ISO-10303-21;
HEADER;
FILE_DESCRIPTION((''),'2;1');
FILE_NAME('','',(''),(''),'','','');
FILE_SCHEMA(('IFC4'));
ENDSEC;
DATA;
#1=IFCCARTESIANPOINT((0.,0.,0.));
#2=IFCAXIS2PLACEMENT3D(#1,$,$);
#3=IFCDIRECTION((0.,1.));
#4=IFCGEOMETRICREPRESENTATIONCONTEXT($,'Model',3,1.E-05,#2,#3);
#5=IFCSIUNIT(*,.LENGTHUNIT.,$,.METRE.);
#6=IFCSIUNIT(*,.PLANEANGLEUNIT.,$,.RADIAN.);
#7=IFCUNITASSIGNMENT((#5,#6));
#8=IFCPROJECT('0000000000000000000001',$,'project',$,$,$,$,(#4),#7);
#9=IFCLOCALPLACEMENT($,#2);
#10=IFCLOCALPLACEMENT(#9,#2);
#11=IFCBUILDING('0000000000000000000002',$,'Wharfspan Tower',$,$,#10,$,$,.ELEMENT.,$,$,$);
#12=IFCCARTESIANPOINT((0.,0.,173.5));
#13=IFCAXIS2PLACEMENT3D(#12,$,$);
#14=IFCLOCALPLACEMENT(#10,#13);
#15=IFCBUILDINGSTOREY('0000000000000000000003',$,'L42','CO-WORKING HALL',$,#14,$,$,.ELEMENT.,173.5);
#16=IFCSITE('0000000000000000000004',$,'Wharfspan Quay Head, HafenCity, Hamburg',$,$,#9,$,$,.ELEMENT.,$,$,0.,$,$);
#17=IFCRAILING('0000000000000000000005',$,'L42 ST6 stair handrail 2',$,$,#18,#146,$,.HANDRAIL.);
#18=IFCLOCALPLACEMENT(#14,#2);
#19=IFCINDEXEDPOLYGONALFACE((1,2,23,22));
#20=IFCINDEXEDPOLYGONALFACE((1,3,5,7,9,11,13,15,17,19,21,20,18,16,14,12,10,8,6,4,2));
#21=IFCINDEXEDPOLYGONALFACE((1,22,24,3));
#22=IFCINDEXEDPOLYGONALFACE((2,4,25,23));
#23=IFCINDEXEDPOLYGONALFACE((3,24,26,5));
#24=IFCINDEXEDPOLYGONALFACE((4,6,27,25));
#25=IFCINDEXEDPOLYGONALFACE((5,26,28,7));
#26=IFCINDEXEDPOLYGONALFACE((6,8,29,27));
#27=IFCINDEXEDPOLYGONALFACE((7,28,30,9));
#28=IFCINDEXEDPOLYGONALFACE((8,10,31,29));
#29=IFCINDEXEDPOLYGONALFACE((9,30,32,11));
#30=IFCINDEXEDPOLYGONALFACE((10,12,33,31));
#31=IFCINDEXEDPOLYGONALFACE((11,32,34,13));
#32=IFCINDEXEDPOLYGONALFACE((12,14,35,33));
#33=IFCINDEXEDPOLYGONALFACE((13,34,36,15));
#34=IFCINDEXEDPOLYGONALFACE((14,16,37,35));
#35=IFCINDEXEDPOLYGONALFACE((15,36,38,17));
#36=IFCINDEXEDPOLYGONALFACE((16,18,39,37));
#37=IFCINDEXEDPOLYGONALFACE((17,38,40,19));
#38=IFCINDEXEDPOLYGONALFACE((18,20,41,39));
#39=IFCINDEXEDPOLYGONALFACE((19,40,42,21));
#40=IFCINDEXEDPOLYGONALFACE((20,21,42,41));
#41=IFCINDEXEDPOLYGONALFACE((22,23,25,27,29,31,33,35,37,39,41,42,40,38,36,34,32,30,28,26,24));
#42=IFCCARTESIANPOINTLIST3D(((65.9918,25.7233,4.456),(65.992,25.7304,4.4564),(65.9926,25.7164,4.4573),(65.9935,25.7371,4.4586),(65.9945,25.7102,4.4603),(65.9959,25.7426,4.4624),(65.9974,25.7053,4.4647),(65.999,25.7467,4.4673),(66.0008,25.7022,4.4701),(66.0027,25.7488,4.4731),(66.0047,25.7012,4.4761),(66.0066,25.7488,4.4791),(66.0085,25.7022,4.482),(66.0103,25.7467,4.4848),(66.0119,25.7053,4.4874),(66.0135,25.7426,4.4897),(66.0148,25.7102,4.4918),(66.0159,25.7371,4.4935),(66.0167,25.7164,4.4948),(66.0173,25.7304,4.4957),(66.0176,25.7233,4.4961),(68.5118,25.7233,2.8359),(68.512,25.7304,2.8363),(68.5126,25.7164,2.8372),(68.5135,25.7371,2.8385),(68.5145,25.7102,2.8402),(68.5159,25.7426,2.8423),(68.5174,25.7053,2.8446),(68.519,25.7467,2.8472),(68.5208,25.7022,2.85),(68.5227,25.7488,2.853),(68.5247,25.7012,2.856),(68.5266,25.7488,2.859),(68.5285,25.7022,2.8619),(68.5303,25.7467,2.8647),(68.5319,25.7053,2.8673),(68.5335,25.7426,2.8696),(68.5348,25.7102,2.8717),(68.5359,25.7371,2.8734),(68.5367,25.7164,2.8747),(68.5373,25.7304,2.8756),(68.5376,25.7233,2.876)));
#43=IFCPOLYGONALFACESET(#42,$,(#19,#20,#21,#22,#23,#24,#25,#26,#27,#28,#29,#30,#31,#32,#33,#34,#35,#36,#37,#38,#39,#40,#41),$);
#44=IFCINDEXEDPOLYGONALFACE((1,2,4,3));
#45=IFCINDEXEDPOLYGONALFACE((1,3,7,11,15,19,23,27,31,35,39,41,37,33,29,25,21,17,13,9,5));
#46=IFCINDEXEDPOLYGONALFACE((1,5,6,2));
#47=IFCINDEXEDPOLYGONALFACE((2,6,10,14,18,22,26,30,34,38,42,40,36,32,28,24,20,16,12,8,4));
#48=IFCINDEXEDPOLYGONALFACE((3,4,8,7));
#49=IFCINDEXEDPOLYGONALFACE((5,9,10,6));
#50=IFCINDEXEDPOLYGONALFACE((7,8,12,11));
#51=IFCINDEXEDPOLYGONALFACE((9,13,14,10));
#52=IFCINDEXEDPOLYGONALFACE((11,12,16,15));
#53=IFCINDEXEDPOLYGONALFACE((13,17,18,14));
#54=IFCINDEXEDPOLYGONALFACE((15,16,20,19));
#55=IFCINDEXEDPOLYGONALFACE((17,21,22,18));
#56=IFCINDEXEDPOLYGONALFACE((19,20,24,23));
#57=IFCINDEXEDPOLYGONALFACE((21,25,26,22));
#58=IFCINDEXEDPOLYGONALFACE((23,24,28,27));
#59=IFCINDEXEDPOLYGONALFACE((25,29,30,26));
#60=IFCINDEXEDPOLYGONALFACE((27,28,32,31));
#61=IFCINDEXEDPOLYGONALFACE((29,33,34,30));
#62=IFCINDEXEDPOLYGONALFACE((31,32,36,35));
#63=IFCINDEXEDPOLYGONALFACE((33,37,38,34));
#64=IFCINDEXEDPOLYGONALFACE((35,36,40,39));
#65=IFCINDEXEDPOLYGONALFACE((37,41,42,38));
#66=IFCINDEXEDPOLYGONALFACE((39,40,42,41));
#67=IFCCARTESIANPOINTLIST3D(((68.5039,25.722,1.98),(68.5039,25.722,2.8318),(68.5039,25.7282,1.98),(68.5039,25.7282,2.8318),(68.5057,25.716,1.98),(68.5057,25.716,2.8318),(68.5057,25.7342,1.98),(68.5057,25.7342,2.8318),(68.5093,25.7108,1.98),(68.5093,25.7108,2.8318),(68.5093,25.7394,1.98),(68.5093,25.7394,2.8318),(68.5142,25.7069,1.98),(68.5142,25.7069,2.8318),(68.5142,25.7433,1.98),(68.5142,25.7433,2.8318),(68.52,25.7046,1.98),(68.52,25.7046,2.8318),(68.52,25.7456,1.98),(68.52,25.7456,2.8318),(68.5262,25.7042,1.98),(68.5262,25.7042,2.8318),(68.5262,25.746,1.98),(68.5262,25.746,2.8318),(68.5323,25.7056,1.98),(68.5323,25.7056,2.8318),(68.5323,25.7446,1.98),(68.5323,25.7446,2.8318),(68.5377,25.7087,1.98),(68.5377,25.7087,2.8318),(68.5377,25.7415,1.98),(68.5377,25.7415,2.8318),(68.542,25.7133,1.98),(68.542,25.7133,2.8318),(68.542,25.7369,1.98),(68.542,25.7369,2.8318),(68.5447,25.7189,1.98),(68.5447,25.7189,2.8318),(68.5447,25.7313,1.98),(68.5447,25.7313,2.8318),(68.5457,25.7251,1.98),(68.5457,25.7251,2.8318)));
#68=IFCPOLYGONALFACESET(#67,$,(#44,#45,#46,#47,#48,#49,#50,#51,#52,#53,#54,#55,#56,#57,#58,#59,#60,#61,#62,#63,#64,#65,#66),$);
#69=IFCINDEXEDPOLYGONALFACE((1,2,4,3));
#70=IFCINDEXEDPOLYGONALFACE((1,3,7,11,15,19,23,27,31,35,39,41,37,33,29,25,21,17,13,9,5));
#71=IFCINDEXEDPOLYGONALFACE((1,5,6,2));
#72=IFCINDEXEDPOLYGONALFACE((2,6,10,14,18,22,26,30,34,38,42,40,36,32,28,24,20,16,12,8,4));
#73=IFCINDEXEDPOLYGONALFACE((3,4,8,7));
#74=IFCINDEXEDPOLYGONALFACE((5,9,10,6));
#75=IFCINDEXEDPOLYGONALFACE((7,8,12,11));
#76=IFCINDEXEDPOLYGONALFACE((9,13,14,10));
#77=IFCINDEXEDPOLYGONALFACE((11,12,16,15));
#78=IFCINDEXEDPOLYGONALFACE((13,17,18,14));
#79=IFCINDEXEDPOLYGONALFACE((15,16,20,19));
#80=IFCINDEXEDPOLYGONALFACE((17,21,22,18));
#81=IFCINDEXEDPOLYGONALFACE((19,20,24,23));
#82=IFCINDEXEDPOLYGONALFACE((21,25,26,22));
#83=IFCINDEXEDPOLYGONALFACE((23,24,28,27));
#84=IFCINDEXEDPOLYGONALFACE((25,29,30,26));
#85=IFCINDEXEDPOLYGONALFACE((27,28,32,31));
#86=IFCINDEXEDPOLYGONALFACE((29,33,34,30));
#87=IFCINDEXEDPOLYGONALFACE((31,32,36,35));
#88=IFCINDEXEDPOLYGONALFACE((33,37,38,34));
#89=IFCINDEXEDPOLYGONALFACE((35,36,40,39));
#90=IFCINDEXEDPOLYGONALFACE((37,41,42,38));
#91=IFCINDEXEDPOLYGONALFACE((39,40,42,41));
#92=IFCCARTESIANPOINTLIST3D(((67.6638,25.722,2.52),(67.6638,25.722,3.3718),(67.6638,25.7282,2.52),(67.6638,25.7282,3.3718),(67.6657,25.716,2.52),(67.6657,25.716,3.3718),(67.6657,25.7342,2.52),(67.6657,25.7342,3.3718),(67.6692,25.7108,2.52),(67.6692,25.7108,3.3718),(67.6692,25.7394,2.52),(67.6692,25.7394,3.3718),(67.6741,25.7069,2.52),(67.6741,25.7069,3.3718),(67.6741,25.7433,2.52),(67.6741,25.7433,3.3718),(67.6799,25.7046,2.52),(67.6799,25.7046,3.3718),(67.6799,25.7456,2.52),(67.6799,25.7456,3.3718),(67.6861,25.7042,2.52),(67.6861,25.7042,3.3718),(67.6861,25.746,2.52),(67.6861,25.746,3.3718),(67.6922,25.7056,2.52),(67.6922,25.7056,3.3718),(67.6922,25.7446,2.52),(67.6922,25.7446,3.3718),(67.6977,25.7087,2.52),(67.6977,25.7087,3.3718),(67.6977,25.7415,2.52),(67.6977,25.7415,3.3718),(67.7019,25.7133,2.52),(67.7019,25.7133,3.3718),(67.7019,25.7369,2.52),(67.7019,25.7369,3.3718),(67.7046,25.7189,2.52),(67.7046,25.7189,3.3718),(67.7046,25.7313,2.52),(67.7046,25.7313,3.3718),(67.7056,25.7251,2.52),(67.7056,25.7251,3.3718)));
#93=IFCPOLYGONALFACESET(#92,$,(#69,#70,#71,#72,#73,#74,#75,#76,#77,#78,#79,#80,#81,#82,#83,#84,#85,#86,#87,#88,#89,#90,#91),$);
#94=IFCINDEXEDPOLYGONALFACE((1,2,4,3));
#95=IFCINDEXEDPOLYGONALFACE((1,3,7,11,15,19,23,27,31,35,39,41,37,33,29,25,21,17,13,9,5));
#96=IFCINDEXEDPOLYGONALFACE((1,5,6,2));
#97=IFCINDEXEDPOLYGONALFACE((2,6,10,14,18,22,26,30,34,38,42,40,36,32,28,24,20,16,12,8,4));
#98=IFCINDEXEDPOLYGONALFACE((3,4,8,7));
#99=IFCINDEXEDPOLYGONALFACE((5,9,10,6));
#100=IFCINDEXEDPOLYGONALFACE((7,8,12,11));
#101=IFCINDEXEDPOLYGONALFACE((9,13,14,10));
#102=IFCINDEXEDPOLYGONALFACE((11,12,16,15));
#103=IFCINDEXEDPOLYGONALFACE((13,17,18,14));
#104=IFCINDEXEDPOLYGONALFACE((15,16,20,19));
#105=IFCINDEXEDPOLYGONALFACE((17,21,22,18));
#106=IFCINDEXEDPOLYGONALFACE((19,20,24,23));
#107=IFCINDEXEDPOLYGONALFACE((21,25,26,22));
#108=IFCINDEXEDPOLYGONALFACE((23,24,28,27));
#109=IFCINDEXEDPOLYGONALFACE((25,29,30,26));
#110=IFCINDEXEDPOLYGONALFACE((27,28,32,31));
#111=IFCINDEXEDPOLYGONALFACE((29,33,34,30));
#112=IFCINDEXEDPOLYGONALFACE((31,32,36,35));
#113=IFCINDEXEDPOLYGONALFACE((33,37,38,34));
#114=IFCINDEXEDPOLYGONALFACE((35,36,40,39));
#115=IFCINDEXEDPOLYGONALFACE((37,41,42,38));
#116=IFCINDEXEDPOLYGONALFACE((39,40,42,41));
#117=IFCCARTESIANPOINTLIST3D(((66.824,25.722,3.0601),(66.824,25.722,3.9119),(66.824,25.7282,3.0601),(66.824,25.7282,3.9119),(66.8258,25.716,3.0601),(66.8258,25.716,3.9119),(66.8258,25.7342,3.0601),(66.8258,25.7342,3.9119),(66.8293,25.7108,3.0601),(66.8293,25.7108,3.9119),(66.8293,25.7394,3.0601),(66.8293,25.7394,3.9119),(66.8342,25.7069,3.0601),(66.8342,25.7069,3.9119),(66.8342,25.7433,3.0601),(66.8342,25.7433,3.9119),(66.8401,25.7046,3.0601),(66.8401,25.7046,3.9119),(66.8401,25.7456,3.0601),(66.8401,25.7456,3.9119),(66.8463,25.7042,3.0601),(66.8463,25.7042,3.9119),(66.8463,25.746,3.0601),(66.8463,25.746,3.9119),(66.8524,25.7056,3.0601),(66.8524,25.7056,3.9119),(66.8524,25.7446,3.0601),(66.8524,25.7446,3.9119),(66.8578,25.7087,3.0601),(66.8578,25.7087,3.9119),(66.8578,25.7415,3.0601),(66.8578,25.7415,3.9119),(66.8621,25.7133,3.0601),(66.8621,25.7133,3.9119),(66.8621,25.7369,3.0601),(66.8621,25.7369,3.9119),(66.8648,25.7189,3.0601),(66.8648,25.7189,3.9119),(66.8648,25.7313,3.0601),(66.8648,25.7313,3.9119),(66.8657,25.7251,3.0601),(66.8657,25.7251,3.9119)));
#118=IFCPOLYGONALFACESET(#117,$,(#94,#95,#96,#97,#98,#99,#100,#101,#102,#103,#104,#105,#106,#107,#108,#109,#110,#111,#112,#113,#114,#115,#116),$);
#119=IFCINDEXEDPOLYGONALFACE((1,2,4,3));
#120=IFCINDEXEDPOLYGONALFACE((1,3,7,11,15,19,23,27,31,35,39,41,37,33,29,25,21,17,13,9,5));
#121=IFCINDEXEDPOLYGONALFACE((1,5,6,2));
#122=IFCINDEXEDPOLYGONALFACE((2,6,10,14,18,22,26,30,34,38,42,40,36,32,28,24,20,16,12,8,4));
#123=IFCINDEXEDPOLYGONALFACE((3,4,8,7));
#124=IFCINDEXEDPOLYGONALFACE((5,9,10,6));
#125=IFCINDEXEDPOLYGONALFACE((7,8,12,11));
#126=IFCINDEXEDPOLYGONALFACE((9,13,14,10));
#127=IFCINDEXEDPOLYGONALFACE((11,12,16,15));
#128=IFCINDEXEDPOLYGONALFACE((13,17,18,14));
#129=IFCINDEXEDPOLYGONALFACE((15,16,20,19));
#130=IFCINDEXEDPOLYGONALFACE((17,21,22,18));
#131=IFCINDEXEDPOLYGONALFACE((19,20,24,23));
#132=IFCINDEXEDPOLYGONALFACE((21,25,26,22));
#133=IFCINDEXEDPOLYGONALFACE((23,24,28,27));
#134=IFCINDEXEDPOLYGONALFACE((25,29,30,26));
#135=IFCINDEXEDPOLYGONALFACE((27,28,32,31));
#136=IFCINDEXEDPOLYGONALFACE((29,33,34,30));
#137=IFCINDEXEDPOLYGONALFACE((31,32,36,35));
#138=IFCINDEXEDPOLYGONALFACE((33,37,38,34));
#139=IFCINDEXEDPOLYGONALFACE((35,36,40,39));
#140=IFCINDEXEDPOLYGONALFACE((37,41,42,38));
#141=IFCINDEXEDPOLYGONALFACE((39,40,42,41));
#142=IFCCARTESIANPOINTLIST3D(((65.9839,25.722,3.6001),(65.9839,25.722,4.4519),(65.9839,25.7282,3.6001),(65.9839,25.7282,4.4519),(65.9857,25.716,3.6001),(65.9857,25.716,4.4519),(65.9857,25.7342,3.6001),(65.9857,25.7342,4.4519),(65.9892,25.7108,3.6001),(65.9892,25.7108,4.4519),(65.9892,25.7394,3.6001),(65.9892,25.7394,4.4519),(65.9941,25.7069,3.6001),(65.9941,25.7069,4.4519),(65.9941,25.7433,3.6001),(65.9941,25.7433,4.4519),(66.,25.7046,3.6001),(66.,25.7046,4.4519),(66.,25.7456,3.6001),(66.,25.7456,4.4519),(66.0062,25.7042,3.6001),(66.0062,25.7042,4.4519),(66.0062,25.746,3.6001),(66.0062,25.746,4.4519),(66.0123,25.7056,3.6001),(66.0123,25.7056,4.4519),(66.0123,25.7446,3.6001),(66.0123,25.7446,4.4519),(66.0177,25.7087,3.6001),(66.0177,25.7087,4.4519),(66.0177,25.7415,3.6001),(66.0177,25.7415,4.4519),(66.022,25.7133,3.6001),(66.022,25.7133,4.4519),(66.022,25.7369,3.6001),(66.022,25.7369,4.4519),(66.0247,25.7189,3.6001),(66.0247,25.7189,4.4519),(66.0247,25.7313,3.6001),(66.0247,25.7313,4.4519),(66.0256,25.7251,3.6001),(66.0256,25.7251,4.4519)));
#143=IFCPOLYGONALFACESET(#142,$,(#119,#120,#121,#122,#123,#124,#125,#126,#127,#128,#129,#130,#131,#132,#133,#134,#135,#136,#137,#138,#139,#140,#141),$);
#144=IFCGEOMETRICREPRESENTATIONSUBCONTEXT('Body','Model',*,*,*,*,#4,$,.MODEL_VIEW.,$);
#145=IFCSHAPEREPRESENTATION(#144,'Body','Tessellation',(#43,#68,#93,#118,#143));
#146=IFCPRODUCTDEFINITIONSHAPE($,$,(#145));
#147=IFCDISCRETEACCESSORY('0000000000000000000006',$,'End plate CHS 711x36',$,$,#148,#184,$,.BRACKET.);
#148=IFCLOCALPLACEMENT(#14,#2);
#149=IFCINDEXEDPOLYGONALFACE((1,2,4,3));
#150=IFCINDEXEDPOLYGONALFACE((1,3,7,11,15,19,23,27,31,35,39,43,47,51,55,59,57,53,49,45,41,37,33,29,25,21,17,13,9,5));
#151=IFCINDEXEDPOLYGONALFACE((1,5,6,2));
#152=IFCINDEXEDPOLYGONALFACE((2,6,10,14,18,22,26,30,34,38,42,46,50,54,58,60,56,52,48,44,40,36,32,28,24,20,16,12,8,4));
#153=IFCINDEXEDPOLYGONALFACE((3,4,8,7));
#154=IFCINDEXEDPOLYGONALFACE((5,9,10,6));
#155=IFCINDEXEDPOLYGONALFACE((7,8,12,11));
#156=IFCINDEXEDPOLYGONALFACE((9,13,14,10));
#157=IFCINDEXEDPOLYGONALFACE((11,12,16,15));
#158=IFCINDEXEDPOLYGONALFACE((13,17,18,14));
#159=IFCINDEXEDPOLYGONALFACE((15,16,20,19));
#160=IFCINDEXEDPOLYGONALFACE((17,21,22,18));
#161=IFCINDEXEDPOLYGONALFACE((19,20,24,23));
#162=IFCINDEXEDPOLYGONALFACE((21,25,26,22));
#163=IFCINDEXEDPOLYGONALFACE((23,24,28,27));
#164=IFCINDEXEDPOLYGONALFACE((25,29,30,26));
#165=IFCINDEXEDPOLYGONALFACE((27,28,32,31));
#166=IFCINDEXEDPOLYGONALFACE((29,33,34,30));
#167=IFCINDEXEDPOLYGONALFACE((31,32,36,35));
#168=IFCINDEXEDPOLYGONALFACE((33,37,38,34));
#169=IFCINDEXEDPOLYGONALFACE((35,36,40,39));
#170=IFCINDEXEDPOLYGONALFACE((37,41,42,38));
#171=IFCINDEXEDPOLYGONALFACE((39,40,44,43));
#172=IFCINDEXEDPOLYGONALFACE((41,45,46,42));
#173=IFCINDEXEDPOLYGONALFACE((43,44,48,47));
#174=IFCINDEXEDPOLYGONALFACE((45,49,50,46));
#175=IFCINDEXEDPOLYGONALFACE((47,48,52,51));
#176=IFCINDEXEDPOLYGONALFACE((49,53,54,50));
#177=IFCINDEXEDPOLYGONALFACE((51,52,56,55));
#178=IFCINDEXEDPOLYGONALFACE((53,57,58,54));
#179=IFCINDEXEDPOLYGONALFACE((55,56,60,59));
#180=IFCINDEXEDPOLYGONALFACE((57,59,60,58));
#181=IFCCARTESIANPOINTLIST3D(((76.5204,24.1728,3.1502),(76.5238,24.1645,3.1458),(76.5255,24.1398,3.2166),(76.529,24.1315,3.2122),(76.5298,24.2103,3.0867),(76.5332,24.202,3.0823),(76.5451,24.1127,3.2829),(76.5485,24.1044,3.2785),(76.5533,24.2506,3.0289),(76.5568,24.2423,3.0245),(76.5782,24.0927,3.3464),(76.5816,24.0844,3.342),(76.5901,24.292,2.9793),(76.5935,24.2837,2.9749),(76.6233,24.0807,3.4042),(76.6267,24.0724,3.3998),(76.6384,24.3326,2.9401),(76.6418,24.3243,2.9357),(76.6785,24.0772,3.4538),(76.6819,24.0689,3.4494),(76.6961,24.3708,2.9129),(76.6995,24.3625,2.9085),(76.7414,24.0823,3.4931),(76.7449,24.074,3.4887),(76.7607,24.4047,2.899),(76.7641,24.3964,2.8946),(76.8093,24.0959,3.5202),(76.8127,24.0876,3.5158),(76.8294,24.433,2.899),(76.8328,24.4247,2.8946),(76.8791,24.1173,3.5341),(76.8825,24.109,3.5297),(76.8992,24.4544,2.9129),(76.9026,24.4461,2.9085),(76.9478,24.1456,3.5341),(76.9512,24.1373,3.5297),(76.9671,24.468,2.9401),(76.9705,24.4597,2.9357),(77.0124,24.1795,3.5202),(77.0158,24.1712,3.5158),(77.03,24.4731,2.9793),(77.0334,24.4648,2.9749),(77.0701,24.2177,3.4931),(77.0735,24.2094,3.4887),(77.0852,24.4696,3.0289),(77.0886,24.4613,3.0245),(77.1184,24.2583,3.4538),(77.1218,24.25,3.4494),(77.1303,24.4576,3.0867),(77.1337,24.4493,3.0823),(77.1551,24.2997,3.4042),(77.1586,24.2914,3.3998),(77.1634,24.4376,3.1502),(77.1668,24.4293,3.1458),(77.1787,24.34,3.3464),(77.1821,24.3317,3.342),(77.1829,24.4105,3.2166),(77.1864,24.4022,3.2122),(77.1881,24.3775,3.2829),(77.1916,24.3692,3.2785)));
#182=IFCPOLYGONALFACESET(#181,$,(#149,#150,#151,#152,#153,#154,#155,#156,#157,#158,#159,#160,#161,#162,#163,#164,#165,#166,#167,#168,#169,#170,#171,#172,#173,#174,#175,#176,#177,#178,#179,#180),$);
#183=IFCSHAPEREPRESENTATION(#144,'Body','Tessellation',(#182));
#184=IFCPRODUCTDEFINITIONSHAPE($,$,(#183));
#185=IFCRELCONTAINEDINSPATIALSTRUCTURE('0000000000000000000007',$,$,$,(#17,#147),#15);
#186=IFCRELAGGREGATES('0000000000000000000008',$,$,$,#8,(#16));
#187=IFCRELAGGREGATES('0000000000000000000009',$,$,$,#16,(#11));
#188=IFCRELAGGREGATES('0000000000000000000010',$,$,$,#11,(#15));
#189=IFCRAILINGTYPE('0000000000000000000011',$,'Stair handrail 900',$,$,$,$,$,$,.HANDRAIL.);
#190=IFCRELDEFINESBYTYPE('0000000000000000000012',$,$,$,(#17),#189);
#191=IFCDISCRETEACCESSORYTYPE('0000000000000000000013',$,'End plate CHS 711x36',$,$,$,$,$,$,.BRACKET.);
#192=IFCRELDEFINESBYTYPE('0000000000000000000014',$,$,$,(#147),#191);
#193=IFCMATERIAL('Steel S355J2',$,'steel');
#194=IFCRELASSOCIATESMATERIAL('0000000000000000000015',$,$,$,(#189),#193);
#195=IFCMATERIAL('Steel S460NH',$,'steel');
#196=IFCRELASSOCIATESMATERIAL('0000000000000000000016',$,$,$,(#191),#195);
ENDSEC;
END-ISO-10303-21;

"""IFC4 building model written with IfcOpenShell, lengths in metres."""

from ifc_helpers import new_model, si_unit, direction, frame, origin, origin_2d, place, context, subcontext, project, spatial, circle, extrude, material, material_profile, profile_set, type_object, element, save


model = new_model("IFC4")

# Units and contexts
model_context = context("Model", 3, precision=1e-05, world=origin(), true_north=direction((0.0, 1.0)))
body_context = subcontext(model_context, "Body", "Model", "MODEL_VIEW")
ifc_project = project(units=[si_unit("LENGTHUNIT", "METRE"), si_unit("PLANEANGLEUNIT", "RADIAN")], contexts=[model_context])

# Site, building, storey
site_placement = place(None, origin())
site = spatial("IfcSite", under=ifc_project, at=site_placement, Name="Wharfspan Quay Head, HafenCity, Hamburg", CompositionType="ELEMENT", RefElevation=0.0)
building_placement = place(site_placement, origin())
building = spatial("IfcBuilding", under=site, at=building_placement, Name="Wharfspan Tower", CompositionType="ELEMENT")
storey_placement = place(building_placement, frame((0.0, 0.0, 173.5)))
storey = spatial("IfcBuildingStorey", under=building, at=storey_placement, Name="L42", Description="CO-WORKING HALL", CompositionType="ELEMENT", Elevation=173.5)

# Shared definitions
ifc_material_1 = material(Name="Steel S355J2", Category="steel")

# Shared definitions
ifc_material_2 = material(Name="Steel S460NH", Category="steel")

# Railing
railing_type_1 = type_object("IfcRailingType", Name="Stair handrail 900", PredefinedType="HANDRAIL", material=ifc_material_1)
railing_1_placement = place(storey_placement, frame((68.5247, 25.7251, 1.98)))
element("IfcRailing", 1, at=railing_1_placement, inside=storey, type_object=railing_type_1, Name="L42 ST6 stair handrail 2", PredefinedType="HANDRAIL", context=body_context, shape_type="SweptSolid", body=[
    extrude(circle(Radius=0.0239, at=origin_2d()), frame((0.0, 0.0, 0.876), z_axis=(-0.841163, 0.0, 0.540782), x_axis=(0.0, -1.0, 0.0)), (0.0, 0.0, 1.0), 2.9958),
    extrude(circle(Radius=0.021, at=origin_2d()), origin(), (0.0, 0.0, 1.0), 0.8518),
    extrude(circle(Radius=0.021, at=origin_2d()), frame((-0.8401, 0.0, 0.54)), (0.0, 0.0, 1.0), 0.8518),
    extrude(circle(Radius=0.021, at=origin_2d()), frame((-1.6799, 0.0, 1.0801)), (0.0, 0.0, 1.0), 0.8518),
    extrude(circle(Radius=0.021, at=origin_2d()), frame((-2.52, 0.0, 1.6201)), (0.0, 0.0, 1.0), 0.8518),
])

# Discrete accessory
ifc_material_profile_1 = material_profile(ifc_material_2, circle(Radius=0.3555, at=origin_2d()))
ifc_profile_set_1 = profile_set([ifc_material_profile_1], Name="Steel S460NH")
discrete_accessory_type = type_object("IfcDiscreteAccessoryType", Name="End plate CHS 711x36", PredefinedType="BRACKET", material=ifc_profile_set_1)
for number, where, z_axis, x_axis, name in (
    (2, (76.8577, 24.2668, 3.2122), (-0.341972, 0.830504, 0.439679), (-0.924678, -0.380749, -0.000001), "End plate CHS 711x36"),
):
    element("IfcDiscreteAccessory", number, at=place(storey_placement, frame(where, z_axis=z_axis, x_axis=x_axis)), inside=storey, type_object=discrete_accessory_type, Name=name, PredefinedType="BRACKET", context=body_context, shape_type="SweptSolid", body=[
        extrude(circle(Radius=0.3555, at=origin_2d()), origin(), (0.0, 0.0, 1.0), 0.01),
    ])

save(model, "model.ifc")
